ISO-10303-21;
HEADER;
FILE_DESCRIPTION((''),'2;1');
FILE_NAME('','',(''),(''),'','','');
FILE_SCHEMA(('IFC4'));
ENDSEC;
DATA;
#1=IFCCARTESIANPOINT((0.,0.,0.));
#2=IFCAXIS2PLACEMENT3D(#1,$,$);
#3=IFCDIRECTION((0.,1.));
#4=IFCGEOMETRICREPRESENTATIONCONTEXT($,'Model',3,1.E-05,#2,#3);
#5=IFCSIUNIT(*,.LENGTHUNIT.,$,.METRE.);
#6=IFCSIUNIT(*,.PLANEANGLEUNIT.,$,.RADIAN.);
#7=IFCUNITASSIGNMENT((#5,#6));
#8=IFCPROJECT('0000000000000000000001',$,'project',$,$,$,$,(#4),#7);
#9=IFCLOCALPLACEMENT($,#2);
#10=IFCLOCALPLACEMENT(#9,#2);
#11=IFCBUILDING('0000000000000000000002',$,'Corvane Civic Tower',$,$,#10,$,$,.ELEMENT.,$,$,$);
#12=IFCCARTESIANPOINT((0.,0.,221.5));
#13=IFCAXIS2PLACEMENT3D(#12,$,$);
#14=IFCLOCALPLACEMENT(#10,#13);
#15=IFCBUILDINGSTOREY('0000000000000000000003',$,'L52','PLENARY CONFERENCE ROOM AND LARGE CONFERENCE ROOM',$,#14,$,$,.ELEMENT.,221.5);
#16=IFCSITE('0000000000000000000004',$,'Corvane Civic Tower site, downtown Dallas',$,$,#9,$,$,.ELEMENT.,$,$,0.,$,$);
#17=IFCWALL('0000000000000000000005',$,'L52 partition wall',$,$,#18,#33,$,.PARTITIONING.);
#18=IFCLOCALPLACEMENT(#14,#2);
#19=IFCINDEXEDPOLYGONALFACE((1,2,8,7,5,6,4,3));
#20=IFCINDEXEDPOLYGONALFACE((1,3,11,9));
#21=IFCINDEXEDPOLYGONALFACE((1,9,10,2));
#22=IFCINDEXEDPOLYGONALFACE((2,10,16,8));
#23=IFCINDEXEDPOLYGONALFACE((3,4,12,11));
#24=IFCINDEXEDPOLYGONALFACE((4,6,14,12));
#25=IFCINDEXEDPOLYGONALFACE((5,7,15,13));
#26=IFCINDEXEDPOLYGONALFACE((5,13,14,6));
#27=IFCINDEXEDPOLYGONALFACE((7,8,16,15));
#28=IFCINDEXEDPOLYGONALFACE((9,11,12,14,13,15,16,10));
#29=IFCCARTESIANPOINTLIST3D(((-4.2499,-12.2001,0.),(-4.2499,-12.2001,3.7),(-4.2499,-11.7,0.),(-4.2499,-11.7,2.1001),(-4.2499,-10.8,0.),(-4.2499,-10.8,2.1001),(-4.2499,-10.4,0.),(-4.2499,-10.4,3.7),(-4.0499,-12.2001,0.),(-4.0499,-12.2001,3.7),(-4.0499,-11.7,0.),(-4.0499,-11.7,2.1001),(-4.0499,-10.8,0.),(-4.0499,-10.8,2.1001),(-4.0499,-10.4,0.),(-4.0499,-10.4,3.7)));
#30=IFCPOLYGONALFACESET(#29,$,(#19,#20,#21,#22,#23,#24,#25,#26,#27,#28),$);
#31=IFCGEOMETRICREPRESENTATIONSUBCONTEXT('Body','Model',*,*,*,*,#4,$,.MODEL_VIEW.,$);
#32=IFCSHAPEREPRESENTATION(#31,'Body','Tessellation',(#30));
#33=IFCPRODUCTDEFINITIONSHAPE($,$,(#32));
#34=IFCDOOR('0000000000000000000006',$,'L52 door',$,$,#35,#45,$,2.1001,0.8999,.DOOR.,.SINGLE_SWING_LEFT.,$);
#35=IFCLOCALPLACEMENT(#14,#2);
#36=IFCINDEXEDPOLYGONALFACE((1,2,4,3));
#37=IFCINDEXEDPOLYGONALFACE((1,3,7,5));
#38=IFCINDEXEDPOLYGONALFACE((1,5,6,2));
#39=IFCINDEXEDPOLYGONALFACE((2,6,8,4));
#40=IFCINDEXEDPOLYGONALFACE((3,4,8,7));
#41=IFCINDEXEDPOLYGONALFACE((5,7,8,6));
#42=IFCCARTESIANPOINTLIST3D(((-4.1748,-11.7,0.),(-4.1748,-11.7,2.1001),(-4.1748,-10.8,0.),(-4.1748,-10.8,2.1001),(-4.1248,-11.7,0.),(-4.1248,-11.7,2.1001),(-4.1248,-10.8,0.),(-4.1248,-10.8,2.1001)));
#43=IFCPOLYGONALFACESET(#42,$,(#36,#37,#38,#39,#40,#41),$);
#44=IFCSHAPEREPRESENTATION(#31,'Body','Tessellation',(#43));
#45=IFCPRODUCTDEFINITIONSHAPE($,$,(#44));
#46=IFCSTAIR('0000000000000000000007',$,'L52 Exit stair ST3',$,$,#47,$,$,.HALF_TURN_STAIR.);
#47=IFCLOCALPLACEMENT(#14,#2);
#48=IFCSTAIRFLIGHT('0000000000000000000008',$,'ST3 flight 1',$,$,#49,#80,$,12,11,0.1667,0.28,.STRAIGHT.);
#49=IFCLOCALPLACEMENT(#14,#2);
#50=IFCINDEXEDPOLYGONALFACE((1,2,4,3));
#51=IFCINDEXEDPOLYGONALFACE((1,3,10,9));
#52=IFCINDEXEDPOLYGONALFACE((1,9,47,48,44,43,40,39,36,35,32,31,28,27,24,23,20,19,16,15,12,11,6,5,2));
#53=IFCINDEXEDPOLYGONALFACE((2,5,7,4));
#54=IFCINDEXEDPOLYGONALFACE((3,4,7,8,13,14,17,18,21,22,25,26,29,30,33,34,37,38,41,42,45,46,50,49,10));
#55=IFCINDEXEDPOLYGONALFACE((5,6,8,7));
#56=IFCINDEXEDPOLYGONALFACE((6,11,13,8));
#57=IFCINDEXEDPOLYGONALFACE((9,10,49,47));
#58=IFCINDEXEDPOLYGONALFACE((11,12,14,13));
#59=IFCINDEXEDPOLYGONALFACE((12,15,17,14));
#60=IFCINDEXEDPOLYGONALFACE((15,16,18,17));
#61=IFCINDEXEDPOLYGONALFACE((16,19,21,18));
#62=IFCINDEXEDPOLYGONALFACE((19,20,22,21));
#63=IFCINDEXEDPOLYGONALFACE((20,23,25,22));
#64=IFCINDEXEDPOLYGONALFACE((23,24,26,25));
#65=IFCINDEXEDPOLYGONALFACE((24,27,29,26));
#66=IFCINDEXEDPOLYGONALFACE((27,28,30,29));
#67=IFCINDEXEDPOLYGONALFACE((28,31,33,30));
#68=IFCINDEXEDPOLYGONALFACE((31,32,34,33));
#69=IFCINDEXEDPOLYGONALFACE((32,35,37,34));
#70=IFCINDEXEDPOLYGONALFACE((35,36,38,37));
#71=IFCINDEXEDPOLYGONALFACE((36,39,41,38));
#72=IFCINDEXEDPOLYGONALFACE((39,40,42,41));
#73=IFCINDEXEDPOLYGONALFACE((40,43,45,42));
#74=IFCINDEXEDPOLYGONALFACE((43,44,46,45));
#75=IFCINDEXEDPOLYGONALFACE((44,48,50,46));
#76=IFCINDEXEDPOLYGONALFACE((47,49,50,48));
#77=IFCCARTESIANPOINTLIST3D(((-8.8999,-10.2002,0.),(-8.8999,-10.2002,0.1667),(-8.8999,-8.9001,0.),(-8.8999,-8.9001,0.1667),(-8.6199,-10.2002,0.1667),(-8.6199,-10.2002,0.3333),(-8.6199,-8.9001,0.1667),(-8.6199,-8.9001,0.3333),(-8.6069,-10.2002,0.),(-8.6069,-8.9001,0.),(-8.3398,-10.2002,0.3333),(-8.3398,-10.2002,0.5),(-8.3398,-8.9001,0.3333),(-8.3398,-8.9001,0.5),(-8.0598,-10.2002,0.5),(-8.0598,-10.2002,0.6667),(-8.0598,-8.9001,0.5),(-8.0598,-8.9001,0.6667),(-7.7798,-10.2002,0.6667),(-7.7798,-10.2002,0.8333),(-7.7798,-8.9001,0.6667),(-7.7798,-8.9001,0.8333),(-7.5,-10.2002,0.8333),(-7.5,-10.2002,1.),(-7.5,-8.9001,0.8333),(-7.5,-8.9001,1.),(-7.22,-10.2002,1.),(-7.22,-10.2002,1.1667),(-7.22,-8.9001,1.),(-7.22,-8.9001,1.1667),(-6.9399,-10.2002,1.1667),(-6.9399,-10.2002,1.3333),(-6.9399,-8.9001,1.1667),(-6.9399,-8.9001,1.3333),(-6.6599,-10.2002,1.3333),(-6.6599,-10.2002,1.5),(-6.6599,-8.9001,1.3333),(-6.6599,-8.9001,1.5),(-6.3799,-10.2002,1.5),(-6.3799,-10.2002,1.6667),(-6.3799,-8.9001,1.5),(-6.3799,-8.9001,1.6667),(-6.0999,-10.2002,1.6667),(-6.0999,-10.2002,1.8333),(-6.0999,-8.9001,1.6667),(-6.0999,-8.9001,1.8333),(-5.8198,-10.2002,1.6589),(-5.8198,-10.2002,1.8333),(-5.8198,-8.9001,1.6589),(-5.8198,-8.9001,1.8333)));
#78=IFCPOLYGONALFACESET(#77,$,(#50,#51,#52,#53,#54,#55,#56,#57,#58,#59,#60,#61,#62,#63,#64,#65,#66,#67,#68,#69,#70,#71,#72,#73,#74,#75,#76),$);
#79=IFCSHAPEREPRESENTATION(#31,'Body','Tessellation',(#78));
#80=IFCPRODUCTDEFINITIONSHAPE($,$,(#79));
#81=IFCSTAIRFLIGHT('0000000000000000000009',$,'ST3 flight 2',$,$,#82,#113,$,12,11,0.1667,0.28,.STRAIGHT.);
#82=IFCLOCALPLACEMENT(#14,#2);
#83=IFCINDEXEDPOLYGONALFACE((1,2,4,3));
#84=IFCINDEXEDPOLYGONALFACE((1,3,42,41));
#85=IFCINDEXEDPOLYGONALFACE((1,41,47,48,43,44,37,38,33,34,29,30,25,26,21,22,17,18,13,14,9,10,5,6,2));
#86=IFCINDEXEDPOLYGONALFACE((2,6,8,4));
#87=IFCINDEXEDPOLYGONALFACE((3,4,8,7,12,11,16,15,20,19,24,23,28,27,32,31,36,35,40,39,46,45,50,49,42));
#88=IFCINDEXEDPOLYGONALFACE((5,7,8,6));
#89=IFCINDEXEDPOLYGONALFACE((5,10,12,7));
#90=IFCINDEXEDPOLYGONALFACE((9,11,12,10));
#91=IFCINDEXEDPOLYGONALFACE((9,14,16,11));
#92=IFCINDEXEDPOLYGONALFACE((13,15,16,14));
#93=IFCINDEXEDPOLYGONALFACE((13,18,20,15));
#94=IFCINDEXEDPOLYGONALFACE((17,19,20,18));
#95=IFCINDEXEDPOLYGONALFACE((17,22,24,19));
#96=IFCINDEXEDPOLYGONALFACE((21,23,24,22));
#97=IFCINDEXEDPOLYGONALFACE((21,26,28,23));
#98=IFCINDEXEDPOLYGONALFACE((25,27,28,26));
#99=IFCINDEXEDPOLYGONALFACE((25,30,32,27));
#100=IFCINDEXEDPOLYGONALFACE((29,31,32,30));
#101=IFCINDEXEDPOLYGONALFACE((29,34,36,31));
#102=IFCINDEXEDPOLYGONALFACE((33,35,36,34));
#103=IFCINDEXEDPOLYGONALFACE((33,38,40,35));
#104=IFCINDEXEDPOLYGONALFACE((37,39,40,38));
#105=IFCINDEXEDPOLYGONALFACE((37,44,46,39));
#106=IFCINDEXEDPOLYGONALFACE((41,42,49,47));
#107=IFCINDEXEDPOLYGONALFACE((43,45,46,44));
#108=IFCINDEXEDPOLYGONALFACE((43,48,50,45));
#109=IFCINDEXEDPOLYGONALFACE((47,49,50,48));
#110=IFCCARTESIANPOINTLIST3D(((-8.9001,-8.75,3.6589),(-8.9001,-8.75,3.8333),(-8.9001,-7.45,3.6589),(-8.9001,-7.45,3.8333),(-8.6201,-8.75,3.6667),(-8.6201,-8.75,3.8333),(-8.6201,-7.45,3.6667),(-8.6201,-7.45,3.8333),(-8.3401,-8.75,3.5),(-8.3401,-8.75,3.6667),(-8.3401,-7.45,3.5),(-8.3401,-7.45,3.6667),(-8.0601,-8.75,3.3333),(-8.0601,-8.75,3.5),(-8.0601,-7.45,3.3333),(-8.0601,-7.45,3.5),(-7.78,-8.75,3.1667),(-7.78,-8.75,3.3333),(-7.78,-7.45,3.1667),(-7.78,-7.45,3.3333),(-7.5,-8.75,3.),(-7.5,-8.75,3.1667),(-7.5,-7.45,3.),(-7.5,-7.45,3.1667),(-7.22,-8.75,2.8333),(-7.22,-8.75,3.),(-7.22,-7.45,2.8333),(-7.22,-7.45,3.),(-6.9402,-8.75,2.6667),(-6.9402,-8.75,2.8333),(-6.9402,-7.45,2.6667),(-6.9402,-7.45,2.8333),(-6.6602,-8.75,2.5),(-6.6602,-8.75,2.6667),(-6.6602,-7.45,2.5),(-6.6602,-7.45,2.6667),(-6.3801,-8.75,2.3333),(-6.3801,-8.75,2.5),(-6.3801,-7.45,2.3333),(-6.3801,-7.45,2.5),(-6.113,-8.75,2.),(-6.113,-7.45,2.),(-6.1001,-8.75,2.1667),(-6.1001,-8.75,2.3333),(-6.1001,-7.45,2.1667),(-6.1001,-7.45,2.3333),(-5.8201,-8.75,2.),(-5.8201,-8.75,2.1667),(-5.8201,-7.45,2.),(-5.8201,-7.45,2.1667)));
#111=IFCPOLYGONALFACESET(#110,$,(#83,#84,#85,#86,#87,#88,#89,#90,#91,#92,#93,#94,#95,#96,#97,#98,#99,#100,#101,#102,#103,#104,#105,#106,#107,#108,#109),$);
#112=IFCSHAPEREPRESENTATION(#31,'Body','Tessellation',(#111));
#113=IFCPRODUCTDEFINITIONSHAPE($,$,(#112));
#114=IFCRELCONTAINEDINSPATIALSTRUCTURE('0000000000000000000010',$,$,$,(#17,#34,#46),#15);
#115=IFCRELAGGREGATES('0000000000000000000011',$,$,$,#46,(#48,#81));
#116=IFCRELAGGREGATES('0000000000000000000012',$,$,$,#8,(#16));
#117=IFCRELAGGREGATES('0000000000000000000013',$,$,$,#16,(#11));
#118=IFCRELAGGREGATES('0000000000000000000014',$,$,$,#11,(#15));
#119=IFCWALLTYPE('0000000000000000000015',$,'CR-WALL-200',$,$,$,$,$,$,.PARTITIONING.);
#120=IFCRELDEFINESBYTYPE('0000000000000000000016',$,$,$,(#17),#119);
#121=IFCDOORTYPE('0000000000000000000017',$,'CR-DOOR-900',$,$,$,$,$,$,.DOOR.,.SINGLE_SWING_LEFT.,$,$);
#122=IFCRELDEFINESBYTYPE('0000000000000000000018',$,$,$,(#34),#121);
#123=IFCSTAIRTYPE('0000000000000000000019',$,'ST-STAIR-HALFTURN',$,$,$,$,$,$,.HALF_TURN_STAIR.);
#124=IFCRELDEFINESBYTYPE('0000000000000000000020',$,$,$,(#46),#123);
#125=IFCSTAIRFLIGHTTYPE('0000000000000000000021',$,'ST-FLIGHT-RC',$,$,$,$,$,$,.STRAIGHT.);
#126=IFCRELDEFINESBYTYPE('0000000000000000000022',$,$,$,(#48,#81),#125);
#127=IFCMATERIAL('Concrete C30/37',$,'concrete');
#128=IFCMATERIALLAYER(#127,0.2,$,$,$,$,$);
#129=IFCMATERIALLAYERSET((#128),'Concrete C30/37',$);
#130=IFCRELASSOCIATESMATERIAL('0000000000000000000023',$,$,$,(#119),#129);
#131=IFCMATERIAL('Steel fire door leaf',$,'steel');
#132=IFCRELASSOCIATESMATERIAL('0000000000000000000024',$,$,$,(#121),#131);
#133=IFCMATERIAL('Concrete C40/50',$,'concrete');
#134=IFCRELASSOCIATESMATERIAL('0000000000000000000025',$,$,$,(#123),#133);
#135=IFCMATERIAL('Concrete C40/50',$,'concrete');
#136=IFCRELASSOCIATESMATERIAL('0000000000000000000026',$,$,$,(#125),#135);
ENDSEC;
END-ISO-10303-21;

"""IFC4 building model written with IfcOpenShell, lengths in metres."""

from ifc_helpers import new_model, si_unit, direction, frame, frame_2d, origin, place, context, subcontext, project, spatial, polyline, rectangle, outline, extrude, material, layer, layer_set, type_object, element, fill, aggregate, save


model = new_model("IFC4")

# Units and contexts
model_context = context("Model", 3, precision=1e-05, world=origin(), true_north=direction((0.0, 1.0)))
body_context = subcontext(model_context, "Body", "Model", "MODEL_VIEW")
ifc_project = project(units=[si_unit("LENGTHUNIT", "METRE"), si_unit("PLANEANGLEUNIT", "RADIAN")], contexts=[model_context])

# Site, building, storey
site_placement = place(None, origin())
site = spatial("IfcSite", under=ifc_project, at=site_placement, Name="Corvane Civic Tower site, downtown Dallas", CompositionType="ELEMENT", RefElevation=0.0)
building_placement = place(site_placement, origin())
building = spatial("IfcBuilding", under=site, at=building_placement, Name="Corvane Civic Tower", CompositionType="ELEMENT")
storey_placement = place(building_placement, frame((0.0, 0.0, 221.5)))
storey = spatial("IfcBuildingStorey", under=building, at=storey_placement, Name="L52", Description="PLENARY CONFERENCE ROOM AND LARGE CONFERENCE ROOM", CompositionType="ELEMENT", Elevation=221.5)

# Wall, opening, door
ifc_material_1 = material(Name="Concrete C30/37", Category="concrete")
ifc_layer_1 = layer(ifc_material_1, 0.2)
ifc_layer_set_1 = layer_set([ifc_layer_1], Name="Concrete C30/37")
wall_type_1 = type_object("IfcWallType", Name="CR-WALL-200", PredefinedType="PARTITIONING", material=ifc_layer_set_1)
ifc_material_2 = material(Name="Steel fire door leaf", Category="steel")
door_type_1 = type_object("IfcDoorType", Name="CR-DOOR-900", OperationType="SINGLE_SWING_LEFT", PredefinedType="DOOR", material=ifc_material_2)
wall_1_placement = place(storey_placement, frame((-4.1499, -12.2, 0.0), z_axis=(0.0, 0.0, 1.0), x_axis=(0.0, 1.0, 0.0)))
wall_1 = element("IfcWall", 1, at=wall_1_placement, inside=storey, type_object=wall_type_1, Name="L52 partition wall", PredefinedType="PARTITIONING", context=body_context, shape_type="SweptSolid", body=[
    extrude(rectangle(XDim=1.8, YDim=0.2, at=frame_2d((0.8999, 0.0))), origin(), (0.0, 0.0, 1.0), 3.7),
])
opening_1_placement = place(wall_1_placement, frame((0.5, 0.0, 0.0)))
opening_1 = element("IfcOpeningElement", 2, at=opening_1_placement, cuts=wall_1, PredefinedType="OPENING", context=body_context, shape_type="SweptSolid", body=[
    extrude(rectangle(XDim=0.8999, YDim=2.1001, at=frame_2d((0.45, 1.05))), frame((0.0, 0.1099, 0.0), z_axis=(0.0, -1.0, 0.0), x_axis=(1.0, 0.0, 0.0)), (0.0, 0.0, 1.0), 0.22),
])
door_1_placement = place(opening_1_placement, origin())
door_1 = element("IfcDoor", 3, at=door_1_placement, inside=storey, type_object=door_type_1, Name="L52 door", OperationType="SINGLE_SWING_LEFT", OverallHeight=2.1001, OverallWidth=0.8999, PredefinedType="DOOR", context=body_context, shape_type="SweptSolid", body=[
    extrude(rectangle(XDim=0.8999, YDim=2.1001, at=frame_2d((0.45, 1.05))), frame((0.0, 0.0249, 0.0), z_axis=(0.0, -1.0, 0.0), x_axis=(1.0, 0.0, 0.0)), (0.0, 0.0, 1.0), 0.05),
])
fill(opening_1, door_1)

# Stair, stair flights
ifc_material_3 = material(Name="Concrete C40/50", Category="concrete")
stair_type = type_object("IfcStairType", Name="ST-STAIR-HALFTURN", PredefinedType="HALF_TURN_STAIR", material=ifc_material_3)
stair_placement = place(storey_placement, origin())
stair = element("IfcStair", 4, at=stair_placement, inside=storey, type_object=stair_type, Name="L52 Exit stair ST3", PredefinedType="HALF_TURN_STAIR")
ifc_material_4 = material(Name="Concrete C40/50", Category="concrete")
stair_flight_type = type_object("IfcStairFlightType", Name="ST-FLIGHT-RC", PredefinedType="STRAIGHT", material=ifc_material_4)
stair_flight_1_placement = place(storey_placement, frame((-8.8999, -9.55, 0.0), z_axis=(0.0, 0.0, 1.0), x_axis=(1.0, 0.0, 0.0)))
stair_flight_1 = element("IfcStairFlight", 5, at=stair_flight_1_placement, type_object=stair_flight_type, Name="ST3 flight 1", NumberOfRisers=12, NumberOfTreads=11, PredefinedType="STRAIGHT", RiserHeight=0.1667, TreadLength=0.28, context=body_context, shape_type="SweptSolid", body=[
    extrude(outline(polyline([(0.0, 0.0), (0.0, 0.1667), (0.28, 0.1667), (0.28, 0.3333), (0.5601, 0.3333), (0.5601, 0.5), (0.8401, 0.5), (0.8401, 0.6667), (1.1201, 0.6667), (1.1201, 0.8333), (1.3999, 0.8333), (1.3999, 1.0), (1.6799, 1.0), (1.6799, 1.1667), (1.96, 1.1667), (1.96, 1.3333), (2.24, 1.3333), (2.24, 1.5), (2.52, 1.5), (2.52, 1.6667), (2.8, 1.6667), (2.8, 1.8333), (3.0801, 1.8333), (3.0801, 2.0), (3.0801, 1.6589), (0.293, 0.0), (0.0, 0.0)])), frame((0.0, 0.6499, 0.0), z_axis=(0.0, -1.0, 0.0), x_axis=(1.0, 0.0, 0.0)), (0.0, 0.0, 1.0), 1.3),
])
stair_flight_2_placement = place(storey_placement, frame((-5.8201, -8.1001, 2.0), z_axis=(0.0, 0.0, 1.0), x_axis=(-1.0, 0.0, 0.0)))
stair_flight_2 = element("IfcStairFlight", 6, at=stair_flight_2_placement, type_object=stair_flight_type, Name="ST3 flight 2", NumberOfRisers=12, NumberOfTreads=11, PredefinedType="STRAIGHT", RiserHeight=0.1667, TreadLength=0.28, context=body_context, shape_type="SweptSolid", body=[
    extrude(outline(polyline([(0.0, 0.0), (0.0, 0.1667), (0.28, 0.1667), (0.28, 0.3333), (0.5601, 0.3333), (0.5601, 0.5), (0.8401, 0.5), (0.8401, 0.6667), (1.1201, 0.6667), (1.1201, 0.8333), (1.3999, 0.8333), (1.3999, 1.0), (1.6799, 1.0), (1.6799, 1.1667), (1.96, 1.1667), (1.96, 1.3333), (2.24, 1.3333), (2.24, 1.5), (2.52, 1.5), (2.52, 1.6667), (2.8, 1.6667), (2.8, 1.8333), (3.0801, 1.8333), (3.0801, 2.0), (3.0801, 1.6589), (0.293, 0.0), (0.0, 0.0)])), frame((0.0, 0.6499, 0.0), z_axis=(0.0, -1.0, 0.0), x_axis=(1.0, 0.0, 0.0)), (0.0, 0.0, 1.0), 1.3),
])
aggregate(stair, [stair_flight_1, stair_flight_2])

save(model, "model.ifc")
